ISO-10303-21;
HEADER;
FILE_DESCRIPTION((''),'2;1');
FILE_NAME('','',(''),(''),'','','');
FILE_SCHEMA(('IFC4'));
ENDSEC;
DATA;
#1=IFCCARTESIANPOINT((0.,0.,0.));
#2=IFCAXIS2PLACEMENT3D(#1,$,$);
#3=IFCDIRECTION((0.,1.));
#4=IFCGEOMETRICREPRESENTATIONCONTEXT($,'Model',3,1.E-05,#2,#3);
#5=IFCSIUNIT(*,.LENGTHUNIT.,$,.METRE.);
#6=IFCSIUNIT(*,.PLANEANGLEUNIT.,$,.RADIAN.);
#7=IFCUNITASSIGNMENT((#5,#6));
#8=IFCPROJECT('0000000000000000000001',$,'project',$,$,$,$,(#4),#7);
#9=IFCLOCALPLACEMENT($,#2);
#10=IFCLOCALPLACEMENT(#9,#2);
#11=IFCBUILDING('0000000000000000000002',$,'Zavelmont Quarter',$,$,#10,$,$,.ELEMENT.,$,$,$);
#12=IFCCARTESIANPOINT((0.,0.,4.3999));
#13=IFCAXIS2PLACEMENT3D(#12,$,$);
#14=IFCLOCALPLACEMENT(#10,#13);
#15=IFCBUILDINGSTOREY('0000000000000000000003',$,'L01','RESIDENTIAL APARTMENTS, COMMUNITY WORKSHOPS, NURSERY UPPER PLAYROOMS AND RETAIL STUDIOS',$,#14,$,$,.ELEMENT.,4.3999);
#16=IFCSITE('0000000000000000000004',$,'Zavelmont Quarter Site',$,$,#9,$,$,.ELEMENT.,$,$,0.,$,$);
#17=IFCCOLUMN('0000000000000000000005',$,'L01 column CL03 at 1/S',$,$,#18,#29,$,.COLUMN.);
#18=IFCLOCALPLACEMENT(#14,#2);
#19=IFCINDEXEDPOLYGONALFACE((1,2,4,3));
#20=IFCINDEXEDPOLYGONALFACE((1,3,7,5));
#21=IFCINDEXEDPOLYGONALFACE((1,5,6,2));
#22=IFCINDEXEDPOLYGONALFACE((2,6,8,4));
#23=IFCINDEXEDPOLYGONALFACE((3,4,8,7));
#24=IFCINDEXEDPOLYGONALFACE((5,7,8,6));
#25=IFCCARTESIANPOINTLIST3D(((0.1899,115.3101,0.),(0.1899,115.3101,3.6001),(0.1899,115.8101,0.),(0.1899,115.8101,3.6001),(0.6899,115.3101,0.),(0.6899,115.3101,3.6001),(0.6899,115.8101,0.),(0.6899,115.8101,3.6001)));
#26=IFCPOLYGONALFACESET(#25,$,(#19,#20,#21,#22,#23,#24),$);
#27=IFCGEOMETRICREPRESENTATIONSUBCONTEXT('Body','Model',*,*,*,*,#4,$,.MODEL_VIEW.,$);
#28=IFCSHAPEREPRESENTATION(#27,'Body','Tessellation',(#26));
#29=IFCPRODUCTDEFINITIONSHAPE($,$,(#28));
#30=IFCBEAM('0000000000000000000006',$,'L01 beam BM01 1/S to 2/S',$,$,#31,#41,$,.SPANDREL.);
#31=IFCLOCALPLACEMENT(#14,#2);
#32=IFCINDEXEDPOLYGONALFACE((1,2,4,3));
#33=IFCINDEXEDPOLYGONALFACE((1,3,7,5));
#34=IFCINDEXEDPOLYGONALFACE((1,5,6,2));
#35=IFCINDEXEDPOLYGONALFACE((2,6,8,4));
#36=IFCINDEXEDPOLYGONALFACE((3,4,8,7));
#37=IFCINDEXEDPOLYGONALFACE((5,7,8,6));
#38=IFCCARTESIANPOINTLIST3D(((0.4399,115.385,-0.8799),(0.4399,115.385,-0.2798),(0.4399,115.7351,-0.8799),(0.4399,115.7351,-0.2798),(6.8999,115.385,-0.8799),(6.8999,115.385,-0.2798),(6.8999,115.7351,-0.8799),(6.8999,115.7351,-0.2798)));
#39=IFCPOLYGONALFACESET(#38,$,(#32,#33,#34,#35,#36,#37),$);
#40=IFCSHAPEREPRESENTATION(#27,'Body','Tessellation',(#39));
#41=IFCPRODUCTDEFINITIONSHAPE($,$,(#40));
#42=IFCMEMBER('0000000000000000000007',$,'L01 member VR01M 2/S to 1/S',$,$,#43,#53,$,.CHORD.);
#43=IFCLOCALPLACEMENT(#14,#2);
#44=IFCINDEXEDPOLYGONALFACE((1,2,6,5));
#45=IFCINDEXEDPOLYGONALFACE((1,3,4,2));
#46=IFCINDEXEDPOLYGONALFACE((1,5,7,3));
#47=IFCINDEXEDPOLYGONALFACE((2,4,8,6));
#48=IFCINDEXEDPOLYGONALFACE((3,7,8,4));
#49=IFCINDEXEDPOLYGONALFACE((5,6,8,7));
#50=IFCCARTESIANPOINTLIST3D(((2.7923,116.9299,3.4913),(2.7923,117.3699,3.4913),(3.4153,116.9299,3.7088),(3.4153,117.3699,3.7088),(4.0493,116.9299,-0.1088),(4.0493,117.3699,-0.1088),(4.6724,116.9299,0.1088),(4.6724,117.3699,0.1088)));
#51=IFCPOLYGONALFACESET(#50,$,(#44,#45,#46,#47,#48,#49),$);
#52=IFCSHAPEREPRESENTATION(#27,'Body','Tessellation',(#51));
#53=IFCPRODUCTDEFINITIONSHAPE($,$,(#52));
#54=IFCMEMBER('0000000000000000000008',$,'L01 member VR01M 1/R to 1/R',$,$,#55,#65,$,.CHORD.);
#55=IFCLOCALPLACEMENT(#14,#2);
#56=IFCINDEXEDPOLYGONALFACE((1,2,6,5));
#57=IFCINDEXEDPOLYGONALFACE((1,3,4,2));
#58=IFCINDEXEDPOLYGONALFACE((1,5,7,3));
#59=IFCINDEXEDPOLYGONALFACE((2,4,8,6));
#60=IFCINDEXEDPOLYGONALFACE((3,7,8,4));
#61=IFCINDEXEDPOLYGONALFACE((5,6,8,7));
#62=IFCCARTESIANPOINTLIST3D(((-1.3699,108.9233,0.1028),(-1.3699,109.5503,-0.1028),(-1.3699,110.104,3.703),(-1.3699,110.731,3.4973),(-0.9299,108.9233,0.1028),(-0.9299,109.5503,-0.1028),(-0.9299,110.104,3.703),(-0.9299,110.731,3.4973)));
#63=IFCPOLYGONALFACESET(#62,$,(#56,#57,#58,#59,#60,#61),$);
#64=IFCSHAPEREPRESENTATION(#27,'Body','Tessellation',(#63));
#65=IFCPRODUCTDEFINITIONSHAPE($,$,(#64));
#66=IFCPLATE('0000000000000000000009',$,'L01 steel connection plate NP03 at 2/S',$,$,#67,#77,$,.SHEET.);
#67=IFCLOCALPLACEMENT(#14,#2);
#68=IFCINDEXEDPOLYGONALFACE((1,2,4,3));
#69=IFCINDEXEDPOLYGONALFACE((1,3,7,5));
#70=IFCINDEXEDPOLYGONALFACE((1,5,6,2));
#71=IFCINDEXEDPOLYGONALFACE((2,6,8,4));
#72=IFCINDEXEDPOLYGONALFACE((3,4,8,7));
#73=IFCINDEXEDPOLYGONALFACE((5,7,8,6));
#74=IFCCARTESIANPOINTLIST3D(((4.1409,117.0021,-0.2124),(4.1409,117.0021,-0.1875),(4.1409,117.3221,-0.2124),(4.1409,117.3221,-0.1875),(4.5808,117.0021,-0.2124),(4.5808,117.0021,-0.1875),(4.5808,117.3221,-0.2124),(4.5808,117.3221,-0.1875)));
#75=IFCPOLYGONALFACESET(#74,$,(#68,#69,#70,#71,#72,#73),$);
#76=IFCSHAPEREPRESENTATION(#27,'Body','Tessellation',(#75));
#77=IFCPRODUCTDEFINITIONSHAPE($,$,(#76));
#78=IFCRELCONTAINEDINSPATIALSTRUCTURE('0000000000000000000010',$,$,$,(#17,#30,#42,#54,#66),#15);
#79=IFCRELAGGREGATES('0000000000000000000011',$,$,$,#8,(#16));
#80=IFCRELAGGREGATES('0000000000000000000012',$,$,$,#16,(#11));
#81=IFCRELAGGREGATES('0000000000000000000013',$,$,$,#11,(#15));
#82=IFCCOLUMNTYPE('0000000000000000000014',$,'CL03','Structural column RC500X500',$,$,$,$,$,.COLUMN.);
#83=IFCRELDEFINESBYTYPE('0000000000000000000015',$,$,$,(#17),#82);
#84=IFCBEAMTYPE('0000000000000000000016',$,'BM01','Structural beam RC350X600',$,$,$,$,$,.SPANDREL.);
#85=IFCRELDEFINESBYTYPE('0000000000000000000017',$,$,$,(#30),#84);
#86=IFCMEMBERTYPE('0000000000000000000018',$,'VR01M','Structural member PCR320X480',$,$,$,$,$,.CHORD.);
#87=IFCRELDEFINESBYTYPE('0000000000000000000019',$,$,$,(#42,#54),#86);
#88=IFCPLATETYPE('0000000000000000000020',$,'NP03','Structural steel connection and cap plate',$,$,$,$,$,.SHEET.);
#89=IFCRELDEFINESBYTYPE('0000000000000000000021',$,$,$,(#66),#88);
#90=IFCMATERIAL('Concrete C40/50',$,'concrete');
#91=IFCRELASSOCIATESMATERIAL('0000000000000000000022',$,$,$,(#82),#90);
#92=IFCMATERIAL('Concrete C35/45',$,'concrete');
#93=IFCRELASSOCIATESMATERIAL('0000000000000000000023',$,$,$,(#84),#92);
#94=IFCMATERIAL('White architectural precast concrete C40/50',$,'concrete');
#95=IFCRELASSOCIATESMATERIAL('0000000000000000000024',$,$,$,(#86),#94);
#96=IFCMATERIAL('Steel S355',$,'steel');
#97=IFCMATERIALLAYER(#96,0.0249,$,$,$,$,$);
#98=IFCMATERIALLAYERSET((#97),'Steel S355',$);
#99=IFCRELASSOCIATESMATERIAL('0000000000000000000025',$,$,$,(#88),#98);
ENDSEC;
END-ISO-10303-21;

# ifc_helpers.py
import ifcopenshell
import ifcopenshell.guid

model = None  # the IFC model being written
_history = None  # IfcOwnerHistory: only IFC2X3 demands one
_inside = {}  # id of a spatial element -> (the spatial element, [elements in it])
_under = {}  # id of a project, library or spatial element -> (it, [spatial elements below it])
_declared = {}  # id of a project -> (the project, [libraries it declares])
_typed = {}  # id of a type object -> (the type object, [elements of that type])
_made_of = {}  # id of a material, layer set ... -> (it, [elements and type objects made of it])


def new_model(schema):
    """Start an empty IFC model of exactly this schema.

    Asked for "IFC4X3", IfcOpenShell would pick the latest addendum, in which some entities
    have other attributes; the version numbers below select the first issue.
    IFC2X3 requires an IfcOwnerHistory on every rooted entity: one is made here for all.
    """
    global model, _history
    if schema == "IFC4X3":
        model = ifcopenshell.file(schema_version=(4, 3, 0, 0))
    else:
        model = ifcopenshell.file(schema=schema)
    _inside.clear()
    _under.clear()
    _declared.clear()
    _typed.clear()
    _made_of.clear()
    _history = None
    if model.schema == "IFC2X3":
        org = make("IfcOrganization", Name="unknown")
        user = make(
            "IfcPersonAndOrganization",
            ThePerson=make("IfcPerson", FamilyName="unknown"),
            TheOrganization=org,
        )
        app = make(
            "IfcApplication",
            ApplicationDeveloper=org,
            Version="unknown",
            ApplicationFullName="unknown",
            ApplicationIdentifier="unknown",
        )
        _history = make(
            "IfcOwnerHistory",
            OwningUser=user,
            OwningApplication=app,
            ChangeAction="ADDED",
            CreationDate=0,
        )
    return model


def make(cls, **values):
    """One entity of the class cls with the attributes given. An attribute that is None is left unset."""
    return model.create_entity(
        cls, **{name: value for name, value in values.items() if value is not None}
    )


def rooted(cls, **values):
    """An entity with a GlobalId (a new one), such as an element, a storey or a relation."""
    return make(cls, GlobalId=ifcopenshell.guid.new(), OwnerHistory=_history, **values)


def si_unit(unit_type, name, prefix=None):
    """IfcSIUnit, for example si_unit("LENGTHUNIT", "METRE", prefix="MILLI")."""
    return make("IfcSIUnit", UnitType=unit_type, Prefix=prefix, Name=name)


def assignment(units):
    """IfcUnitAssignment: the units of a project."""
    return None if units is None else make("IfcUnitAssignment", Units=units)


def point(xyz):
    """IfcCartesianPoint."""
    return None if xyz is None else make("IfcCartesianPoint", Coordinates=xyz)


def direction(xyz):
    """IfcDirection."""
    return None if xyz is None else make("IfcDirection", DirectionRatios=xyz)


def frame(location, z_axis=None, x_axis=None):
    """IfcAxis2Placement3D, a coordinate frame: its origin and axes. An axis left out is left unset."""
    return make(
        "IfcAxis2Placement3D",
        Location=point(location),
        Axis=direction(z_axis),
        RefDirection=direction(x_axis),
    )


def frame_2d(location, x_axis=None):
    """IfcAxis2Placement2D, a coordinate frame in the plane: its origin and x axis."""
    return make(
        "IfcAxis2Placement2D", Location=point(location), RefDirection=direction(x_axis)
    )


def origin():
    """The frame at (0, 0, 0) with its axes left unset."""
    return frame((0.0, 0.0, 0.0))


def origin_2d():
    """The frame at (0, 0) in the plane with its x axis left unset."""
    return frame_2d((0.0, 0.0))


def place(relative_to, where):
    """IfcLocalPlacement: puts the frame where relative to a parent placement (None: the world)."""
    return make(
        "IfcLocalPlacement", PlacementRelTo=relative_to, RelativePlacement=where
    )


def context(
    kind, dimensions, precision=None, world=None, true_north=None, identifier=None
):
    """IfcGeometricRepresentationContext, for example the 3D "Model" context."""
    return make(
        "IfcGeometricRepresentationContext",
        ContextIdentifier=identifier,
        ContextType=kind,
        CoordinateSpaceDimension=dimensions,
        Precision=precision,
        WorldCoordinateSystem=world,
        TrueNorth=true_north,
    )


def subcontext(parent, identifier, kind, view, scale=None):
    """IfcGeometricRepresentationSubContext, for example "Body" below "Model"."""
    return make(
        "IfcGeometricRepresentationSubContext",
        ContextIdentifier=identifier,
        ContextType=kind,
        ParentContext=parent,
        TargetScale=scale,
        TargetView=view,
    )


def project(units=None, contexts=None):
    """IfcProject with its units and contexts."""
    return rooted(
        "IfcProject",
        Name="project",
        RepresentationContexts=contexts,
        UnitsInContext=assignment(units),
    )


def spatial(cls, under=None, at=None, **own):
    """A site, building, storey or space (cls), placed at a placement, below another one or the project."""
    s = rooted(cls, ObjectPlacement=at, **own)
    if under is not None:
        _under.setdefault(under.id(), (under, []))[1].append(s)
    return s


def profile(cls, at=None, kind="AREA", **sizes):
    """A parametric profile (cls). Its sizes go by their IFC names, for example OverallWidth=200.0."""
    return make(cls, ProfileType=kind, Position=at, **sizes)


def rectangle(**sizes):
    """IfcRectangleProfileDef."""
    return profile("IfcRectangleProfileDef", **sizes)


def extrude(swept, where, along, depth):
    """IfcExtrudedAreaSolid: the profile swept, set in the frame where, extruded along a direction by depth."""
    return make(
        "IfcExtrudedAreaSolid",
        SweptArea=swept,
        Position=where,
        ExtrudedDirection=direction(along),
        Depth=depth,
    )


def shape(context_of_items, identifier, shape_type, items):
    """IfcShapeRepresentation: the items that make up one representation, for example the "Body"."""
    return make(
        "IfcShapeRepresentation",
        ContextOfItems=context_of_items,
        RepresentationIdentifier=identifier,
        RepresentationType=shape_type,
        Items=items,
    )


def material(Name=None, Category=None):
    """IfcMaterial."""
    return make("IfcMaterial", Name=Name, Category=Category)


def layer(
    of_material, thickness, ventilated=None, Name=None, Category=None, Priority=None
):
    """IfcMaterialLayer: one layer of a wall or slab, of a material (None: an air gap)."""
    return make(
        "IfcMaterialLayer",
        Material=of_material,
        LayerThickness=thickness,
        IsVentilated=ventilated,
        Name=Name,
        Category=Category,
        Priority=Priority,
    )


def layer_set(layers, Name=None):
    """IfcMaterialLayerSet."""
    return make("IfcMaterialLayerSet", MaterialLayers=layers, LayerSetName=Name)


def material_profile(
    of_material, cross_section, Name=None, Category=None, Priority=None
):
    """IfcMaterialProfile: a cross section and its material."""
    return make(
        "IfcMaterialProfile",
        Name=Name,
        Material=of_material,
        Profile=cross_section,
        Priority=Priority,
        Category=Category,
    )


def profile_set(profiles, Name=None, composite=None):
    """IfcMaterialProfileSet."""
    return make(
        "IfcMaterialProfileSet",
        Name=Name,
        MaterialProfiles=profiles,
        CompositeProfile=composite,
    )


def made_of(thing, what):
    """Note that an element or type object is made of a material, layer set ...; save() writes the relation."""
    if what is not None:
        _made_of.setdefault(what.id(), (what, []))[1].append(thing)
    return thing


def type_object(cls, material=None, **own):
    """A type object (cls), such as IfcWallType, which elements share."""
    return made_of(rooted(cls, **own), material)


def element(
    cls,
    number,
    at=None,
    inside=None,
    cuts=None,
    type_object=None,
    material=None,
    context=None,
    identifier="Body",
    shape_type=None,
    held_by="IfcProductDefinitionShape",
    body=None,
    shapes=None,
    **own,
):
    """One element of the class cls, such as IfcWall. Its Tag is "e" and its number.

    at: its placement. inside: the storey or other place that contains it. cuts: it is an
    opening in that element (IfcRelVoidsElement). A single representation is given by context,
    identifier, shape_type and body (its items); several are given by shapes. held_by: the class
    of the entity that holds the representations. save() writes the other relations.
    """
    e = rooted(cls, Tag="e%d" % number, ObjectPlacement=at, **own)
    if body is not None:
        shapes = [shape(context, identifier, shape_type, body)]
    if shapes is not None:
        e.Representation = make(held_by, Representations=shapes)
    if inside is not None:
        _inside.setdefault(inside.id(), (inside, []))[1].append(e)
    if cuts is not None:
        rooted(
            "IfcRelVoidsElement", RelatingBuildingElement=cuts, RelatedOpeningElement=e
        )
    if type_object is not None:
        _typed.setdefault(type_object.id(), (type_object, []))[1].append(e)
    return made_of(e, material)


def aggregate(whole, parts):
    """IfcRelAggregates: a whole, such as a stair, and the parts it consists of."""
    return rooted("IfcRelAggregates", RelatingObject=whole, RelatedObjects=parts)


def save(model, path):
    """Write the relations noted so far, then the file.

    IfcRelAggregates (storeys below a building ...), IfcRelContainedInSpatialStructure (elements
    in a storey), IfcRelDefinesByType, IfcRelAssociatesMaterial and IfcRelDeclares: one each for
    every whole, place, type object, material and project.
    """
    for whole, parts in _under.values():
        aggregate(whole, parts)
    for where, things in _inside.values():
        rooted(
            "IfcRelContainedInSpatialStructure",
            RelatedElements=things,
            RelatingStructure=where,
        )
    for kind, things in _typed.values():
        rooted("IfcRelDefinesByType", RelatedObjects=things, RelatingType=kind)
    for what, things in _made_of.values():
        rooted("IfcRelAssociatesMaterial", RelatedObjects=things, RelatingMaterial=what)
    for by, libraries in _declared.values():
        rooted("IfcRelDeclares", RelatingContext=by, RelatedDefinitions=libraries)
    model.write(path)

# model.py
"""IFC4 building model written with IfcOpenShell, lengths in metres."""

from ifc_helpers import new_model, si_unit, direction, frame, origin, origin_2d, place, context, subcontext, project, spatial, rectangle, extrude, material, layer, layer_set, material_profile, profile_set, type_object, element, save


model = new_model("IFC4")

# Units and contexts
model_context = context("Model", 3, precision=1e-05, world=origin(), true_north=direction((0.0, 1.0)))
body_context = subcontext(model_context, "Body", "Model", "MODEL_VIEW")
ifc_project = project(units=[si_unit("LENGTHUNIT", "METRE"), si_unit("PLANEANGLEUNIT", "RADIAN")], contexts=[model_context])

# Site, building, storey
site_placement = place(None, origin())
site = spatial("IfcSite", under=ifc_project, at=site_placement, Name="Zavelmont Quarter Site", CompositionType="ELEMENT", RefElevation=0.0)
building_placement = place(site_placement, origin())
building = spatial("IfcBuilding", under=site, at=building_placement, Name="Zavelmont Quarter", CompositionType="ELEMENT")
storey_placement = place(building_placement, frame((0.0, 0.0, 4.3999)))
storey = spatial("IfcBuildingStorey", under=building, at=storey_placement, Name="L01", Description="RESIDENTIAL APARTMENTS, COMMUNITY WORKSHOPS, NURSERY UPPER PLAYROOMS AND RETAIL STUDIOS", CompositionType="ELEMENT", Elevation=4.3999)

# Column
ifc_material_1 = material(Name="Concrete C40/50", Category="concrete")
ifc_material_profile_1 = material_profile(ifc_material_1, rectangle(XDim=0.5, YDim=0.5, at=origin_2d()), Name="RC500X500")
ifc_profile_set_1 = profile_set([ifc_material_profile_1], Name="Concrete C40/50")
column_type = type_object("IfcColumnType", Name="CL03", Description="Structural column RC500X500", PredefinedType="COLUMN", material=ifc_profile_set_1)
column_placement = place(storey_placement, frame((0.4399, 115.5601, 0.0), z_axis=(0.0, 0.0, 1.0), x_axis=(1.0, 0.0, 0.0)))
element("IfcColumn", 1, at=column_placement, inside=storey, type_object=column_type, Name="L01 column CL03 at 1/S", PredefinedType="COLUMN", context=body_context, shape_type="SweptSolid", body=[
    extrude(rectangle(XDim=0.5, YDim=0.5, at=origin_2d()), origin(), (0.0, 0.0, 1.0), 3.6001),
])

# Beam
ifc_material_2 = material(Name="Concrete C35/45", Category="concrete")
ifc_material_profile_2 = material_profile(ifc_material_2, rectangle(XDim=0.3501, YDim=0.6001, at=origin_2d()), Name="RC350X600")
ifc_profile_set_2 = profile_set([ifc_material_profile_2], Name="Concrete C35/45")
beam_type = type_object("IfcBeamType", Name="BM01", Description="Structural beam RC350X600", PredefinedType="SPANDREL", material=ifc_profile_set_2)
beam_placement = place(storey_placement, frame((0.4399, 115.5601, -0.5798), z_axis=(1.0, 0.0, 0.0), x_axis=(0.0, 1.0, 0.0)))
element("IfcBeam", 2, at=beam_placement, inside=storey, type_object=beam_type, Name="L01 beam BM01 1/S to 2/S", PredefinedType="SPANDREL", context=body_context, shape_type="SweptSolid", body=[
    extrude(rectangle(XDim=0.3501, YDim=0.6001, at=origin_2d()), origin(), (0.0, 0.0, 1.0), 6.46),
])

# Members
ifc_material_3 = material(Name="White architectural precast concrete C40/50", Category="concrete")
ifc_material_profile_3 = material_profile(ifc_material_3, rectangle(XDim=0.4399, YDim=0.6599, at=origin_2d()), Name="PCR320X480")
ifc_profile_set_3 = profile_set([ifc_material_profile_3], Name="White architectural precast concrete C40/50")
member_type = type_object("IfcMemberType", Name="VR01M", Description="Structural member PCR320X480", PredefinedType="CHORD", material=ifc_profile_set_3)
member_1_placement = place(storey_placement, frame((4.3608, 117.1499, 0.0), z_axis=(-0.32966, 0.0, 0.9441), x_axis=(0.0, -1.0, 0.0)))
element("IfcMember", 3, at=member_1_placement, inside=storey, type_object=member_type, Name="L01 member VR01M 2/S to 1/S", PredefinedType="CHORD", context=body_context, shape_type="SweptSolid", body=[
    extrude(rectangle(XDim=0.4399, YDim=0.6599, at=origin_2d()), origin(), (0.0, 0.0, 1.0), 3.8132),
])
member_2_placement = place(storey_placement, frame((-1.1499, 109.2368, 0.0), z_axis=(0.0, 0.311623, 0.950206), x_axis=(-1.0, 0.0, 0.0)))
element("IfcMember", 4, at=member_2_placement, inside=storey, type_object=member_type, Name="L01 member VR01M 1/R to 1/R", PredefinedType="CHORD", context=body_context, shape_type="SweptSolid", body=[
    extrude(rectangle(XDim=0.4399, YDim=0.6599, at=origin_2d()), origin(), (0.0, 0.0, 1.0), 3.7888),
])

# Plate
ifc_material_4 = material(Name="Steel S355", Category="steel")
ifc_layer_1 = layer(ifc_material_4, 0.0249)
ifc_layer_set_1 = layer_set([ifc_layer_1], Name="Steel S355")
plate_type = type_object("IfcPlateType", Name="NP03", Description="Structural steel connection and cap plate", PredefinedType="SHEET", material=ifc_layer_set_1)
plate_placement = place(storey_placement, frame((4.3608, 117.1621, -0.2124), z_axis=(0.0, 0.0, 1.0), x_axis=(1.0, 0.0, 0.0)))
element("IfcPlate", 5, at=plate_placement, inside=storey, type_object=plate_type, Name="L01 steel connection plate NP03 at 2/S", PredefinedType="SHEET", context=body_context, shape_type="SweptSolid", body=[
    extrude(rectangle(XDim=0.4399, YDim=0.3201, at=origin_2d()), origin(), (0.0, 0.0, 1.0), 0.0249),
])

save(model, "model.ifc")
